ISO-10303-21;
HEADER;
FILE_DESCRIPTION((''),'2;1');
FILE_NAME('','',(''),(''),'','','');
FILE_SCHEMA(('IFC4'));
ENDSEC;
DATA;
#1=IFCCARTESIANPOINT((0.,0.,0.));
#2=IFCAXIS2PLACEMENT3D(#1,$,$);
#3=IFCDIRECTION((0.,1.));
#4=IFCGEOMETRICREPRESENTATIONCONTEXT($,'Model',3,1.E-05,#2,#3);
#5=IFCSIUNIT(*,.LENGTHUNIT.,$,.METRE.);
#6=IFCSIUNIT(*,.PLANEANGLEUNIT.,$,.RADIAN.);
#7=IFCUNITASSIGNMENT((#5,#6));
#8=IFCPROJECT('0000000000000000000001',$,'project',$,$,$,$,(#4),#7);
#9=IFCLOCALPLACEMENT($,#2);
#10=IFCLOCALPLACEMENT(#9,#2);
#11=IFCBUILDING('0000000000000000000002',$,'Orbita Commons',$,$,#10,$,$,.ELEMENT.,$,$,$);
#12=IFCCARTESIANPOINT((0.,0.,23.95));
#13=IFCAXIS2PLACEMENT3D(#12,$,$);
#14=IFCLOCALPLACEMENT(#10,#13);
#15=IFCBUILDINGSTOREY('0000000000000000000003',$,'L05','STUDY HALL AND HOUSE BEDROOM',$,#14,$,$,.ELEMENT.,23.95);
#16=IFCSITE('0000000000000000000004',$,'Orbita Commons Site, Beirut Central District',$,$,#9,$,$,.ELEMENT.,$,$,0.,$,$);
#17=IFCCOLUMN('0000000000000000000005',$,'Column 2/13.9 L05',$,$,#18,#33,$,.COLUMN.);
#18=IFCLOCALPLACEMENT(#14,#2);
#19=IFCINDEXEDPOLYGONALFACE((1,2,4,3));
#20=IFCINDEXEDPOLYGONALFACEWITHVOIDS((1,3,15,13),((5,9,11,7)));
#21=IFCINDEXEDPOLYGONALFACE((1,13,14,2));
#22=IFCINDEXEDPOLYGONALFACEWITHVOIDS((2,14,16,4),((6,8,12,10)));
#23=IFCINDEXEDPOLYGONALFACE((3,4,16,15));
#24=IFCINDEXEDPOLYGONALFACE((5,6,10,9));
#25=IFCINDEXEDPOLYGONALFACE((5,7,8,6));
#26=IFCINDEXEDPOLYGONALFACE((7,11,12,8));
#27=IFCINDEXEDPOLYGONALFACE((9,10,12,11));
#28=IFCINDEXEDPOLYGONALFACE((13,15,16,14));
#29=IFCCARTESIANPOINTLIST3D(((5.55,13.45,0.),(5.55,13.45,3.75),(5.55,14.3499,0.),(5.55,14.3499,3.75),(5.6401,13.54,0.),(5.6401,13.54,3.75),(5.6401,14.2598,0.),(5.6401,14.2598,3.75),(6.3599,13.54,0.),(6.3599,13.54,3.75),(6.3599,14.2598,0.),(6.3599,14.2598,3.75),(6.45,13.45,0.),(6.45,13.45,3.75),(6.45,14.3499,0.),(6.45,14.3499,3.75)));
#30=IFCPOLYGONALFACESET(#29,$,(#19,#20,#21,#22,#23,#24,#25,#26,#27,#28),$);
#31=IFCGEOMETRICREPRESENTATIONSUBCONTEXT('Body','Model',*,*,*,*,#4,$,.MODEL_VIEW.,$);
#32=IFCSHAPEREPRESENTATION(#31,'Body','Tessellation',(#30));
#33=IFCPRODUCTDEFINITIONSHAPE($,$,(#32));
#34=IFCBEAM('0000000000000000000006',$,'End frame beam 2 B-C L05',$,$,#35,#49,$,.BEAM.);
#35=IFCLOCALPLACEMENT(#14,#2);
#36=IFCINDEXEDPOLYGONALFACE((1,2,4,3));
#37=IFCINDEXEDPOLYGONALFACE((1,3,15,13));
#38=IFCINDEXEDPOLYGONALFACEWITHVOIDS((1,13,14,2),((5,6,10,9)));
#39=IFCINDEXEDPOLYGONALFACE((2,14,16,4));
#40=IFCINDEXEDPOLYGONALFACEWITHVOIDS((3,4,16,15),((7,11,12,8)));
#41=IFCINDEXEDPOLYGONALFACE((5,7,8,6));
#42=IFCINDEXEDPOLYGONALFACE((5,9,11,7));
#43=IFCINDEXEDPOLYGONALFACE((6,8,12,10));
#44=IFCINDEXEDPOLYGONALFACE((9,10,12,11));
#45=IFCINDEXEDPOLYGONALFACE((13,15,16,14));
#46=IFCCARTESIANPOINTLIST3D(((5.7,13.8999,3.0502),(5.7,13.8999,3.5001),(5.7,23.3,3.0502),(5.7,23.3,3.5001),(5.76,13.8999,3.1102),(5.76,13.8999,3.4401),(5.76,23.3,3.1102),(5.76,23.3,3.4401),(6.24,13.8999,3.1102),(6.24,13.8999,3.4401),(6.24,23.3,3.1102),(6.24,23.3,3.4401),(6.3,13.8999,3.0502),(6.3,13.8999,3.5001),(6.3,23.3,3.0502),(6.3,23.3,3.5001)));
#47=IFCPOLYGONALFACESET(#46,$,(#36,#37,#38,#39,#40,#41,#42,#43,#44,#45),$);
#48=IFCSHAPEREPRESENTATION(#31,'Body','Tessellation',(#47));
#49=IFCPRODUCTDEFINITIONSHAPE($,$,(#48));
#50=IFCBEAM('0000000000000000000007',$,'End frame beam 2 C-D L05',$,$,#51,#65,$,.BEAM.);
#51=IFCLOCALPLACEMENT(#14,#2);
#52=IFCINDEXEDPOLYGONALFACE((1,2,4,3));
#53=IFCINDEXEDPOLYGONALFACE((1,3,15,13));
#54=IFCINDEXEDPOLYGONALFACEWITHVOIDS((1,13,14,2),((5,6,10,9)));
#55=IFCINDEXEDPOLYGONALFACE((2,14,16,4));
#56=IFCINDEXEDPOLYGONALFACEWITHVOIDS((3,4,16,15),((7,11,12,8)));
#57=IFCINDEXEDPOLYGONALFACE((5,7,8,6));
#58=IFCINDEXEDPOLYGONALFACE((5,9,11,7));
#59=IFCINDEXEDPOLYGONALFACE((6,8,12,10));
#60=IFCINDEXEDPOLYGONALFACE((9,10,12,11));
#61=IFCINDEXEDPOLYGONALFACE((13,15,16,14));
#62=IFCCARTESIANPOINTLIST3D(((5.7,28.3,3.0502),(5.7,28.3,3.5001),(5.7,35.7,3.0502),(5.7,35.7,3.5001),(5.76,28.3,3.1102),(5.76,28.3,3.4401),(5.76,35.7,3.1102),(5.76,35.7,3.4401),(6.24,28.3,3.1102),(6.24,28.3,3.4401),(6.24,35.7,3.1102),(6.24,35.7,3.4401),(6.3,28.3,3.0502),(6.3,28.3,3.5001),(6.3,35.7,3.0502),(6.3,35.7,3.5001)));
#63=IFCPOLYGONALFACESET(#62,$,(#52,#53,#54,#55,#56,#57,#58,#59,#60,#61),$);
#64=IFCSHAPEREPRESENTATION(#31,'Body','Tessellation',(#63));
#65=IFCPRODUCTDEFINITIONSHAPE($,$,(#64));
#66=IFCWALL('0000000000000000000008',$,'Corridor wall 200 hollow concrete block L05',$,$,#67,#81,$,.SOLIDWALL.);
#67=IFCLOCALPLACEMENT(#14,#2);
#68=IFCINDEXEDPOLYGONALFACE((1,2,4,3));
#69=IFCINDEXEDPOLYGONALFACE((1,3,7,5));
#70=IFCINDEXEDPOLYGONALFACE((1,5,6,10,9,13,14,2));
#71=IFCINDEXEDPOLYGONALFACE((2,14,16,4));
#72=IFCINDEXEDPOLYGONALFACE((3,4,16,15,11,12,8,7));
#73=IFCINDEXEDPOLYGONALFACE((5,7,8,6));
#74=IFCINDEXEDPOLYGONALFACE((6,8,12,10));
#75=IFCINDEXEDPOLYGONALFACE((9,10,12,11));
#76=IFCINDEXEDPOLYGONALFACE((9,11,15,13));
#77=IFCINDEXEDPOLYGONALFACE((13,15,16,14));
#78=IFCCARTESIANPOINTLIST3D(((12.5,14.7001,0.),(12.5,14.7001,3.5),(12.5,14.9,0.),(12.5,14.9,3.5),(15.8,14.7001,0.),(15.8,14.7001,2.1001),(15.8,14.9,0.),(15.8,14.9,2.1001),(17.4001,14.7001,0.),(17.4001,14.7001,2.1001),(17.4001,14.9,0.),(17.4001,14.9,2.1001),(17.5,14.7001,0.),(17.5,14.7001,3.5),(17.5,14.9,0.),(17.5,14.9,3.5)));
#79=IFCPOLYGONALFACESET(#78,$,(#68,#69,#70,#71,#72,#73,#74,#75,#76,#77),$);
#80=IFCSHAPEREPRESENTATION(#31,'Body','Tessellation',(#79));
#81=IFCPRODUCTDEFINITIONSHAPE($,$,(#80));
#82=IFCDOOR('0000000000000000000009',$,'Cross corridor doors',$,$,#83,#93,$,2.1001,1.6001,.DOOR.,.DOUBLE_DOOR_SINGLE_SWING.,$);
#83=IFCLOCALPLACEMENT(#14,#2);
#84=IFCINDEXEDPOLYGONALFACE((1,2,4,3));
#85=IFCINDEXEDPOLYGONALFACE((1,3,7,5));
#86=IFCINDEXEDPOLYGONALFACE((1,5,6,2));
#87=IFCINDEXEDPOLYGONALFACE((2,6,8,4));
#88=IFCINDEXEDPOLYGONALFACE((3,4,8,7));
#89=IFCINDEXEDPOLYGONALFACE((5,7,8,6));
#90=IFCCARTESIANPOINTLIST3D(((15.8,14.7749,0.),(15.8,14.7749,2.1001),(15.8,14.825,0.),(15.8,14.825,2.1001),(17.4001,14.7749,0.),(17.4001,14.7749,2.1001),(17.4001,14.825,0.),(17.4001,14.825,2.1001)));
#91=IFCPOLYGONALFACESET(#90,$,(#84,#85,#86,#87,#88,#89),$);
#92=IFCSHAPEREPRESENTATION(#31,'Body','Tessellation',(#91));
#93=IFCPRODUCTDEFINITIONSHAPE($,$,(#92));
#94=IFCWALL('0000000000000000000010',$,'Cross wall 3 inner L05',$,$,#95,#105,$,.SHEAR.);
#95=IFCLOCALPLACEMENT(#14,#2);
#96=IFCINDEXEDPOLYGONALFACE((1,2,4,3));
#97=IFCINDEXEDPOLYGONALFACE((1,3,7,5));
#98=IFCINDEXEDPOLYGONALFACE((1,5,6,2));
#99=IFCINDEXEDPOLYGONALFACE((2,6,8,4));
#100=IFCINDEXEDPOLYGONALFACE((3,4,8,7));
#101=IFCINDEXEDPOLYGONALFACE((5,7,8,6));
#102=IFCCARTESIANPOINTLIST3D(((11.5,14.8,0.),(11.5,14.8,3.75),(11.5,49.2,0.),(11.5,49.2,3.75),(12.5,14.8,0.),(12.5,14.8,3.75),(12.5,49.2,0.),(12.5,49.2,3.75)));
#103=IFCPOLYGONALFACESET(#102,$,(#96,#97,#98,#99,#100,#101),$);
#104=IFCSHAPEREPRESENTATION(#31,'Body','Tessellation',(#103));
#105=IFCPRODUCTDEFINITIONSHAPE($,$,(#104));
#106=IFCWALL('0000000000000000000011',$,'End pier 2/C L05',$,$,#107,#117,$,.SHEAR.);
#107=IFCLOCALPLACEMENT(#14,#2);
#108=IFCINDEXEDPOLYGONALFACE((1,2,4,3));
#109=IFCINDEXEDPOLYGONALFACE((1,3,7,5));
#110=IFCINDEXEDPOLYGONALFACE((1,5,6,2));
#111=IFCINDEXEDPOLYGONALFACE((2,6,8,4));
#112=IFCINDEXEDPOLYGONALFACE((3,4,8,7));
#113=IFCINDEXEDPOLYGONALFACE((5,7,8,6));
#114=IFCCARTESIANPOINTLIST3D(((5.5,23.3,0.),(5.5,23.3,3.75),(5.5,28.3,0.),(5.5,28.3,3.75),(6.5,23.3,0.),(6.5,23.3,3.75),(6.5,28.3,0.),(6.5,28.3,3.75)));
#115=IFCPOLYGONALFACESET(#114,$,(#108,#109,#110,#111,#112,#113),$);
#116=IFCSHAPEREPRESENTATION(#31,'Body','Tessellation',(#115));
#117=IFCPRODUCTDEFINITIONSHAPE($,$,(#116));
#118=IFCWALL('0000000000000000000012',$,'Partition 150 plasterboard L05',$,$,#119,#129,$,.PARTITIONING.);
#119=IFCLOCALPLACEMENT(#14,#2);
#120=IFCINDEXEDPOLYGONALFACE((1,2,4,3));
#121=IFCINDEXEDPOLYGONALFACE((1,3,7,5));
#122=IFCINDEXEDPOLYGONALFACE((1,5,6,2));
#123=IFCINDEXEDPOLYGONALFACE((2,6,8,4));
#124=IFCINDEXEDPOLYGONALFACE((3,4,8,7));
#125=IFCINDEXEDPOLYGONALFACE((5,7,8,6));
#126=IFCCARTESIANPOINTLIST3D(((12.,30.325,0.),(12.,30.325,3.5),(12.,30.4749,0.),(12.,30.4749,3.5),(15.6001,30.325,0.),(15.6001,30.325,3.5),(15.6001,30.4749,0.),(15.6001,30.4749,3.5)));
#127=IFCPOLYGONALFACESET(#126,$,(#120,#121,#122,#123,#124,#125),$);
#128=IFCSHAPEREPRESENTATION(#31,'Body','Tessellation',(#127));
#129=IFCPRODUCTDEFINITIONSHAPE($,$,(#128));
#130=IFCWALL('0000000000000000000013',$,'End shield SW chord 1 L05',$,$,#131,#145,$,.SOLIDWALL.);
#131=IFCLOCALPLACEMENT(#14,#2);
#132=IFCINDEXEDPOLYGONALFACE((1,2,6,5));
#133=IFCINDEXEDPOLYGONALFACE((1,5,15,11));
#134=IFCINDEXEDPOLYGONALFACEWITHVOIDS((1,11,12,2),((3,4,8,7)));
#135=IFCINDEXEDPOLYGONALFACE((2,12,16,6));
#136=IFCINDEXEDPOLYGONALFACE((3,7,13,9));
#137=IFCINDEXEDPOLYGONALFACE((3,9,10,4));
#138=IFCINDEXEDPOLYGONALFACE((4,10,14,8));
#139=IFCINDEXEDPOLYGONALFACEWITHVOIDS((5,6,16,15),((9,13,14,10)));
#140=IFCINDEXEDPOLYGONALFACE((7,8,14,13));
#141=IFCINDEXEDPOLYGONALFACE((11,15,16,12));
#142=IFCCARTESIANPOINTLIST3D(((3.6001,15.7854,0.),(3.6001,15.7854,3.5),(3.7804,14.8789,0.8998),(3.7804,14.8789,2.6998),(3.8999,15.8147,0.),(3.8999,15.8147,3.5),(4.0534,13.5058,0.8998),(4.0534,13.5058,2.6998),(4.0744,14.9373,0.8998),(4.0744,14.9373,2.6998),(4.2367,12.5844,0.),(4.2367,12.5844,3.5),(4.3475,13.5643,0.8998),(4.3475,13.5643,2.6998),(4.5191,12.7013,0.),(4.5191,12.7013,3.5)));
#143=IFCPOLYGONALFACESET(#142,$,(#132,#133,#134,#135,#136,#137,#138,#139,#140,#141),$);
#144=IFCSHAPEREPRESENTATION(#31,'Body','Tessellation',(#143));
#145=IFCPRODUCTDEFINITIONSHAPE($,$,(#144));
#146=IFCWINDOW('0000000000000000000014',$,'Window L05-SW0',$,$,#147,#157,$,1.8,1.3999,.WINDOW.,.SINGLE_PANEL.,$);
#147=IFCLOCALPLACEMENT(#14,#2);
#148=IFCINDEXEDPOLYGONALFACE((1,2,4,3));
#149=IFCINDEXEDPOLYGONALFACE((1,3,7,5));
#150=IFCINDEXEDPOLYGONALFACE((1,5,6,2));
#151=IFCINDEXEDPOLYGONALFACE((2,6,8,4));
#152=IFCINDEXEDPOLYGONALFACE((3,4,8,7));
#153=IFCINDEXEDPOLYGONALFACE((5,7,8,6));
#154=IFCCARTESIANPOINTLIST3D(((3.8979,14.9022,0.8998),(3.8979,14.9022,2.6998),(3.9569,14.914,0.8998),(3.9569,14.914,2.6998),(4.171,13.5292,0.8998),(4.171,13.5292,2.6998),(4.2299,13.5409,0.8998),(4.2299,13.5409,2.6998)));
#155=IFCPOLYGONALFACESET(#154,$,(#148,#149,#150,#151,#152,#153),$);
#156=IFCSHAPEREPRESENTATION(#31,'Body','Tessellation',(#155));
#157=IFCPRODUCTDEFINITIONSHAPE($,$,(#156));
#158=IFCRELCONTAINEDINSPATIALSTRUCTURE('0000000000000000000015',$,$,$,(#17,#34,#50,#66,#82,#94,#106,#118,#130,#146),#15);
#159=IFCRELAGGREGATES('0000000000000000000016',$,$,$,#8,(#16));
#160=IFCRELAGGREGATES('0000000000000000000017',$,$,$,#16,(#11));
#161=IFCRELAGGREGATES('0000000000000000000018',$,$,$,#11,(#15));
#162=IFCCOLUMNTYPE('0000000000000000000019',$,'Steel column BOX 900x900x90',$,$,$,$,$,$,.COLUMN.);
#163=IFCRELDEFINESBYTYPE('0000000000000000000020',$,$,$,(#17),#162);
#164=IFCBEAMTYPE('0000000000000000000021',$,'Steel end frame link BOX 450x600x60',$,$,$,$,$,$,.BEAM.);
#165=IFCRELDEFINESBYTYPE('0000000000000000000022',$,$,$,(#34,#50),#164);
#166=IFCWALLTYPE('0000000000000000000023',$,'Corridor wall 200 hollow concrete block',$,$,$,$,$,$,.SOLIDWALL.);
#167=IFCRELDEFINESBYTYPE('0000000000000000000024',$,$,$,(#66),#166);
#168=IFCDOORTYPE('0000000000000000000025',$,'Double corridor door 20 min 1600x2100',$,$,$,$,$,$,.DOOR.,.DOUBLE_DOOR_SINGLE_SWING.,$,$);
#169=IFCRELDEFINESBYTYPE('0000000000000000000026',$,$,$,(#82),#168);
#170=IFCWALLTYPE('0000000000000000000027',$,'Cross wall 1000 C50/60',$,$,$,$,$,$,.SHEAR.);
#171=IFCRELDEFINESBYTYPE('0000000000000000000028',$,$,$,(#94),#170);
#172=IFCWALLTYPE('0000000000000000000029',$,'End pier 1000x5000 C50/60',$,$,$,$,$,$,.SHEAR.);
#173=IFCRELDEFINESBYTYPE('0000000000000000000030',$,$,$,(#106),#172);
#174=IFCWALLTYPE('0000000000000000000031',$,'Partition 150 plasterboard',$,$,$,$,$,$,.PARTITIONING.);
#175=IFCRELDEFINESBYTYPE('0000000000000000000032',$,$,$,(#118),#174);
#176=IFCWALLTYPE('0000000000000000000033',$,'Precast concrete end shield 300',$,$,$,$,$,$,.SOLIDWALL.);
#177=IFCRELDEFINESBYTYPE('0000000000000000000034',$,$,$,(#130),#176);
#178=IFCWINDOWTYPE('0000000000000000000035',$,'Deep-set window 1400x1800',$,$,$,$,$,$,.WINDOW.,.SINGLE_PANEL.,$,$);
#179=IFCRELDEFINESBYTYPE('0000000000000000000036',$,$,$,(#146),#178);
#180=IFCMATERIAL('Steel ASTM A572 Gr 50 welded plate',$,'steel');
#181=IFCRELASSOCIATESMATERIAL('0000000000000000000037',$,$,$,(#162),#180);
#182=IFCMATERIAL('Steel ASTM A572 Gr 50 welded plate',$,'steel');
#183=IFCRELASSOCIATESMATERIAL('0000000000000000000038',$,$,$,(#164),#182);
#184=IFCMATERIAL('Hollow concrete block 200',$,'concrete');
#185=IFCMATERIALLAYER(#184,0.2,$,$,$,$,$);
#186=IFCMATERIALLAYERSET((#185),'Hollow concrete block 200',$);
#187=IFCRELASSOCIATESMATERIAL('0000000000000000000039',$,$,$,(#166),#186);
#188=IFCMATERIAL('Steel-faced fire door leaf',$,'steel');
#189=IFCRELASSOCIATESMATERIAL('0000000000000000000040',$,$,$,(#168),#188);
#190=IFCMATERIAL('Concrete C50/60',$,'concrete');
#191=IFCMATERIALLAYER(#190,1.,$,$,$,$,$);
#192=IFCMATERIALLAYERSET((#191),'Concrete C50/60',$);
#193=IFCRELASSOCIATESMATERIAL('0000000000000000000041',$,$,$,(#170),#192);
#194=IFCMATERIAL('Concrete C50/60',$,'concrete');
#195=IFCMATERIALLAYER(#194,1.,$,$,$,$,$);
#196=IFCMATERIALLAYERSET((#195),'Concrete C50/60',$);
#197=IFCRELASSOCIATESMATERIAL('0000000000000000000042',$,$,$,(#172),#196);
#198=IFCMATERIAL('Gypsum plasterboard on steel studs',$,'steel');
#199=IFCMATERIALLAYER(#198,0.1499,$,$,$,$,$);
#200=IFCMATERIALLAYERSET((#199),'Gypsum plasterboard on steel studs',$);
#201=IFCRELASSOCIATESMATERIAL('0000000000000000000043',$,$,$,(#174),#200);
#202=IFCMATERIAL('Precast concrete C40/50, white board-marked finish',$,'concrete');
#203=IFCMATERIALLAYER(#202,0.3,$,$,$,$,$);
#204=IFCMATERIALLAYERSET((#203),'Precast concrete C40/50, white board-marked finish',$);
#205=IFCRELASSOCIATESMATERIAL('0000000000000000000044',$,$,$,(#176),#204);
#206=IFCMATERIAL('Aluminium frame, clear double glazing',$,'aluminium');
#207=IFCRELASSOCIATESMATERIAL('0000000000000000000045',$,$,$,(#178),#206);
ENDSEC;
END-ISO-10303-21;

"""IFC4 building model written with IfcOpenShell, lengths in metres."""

from ifc_helpers import new_model, si_unit, direction, frame, frame_2d, origin, origin_2d, place, context, subcontext, project, spatial, polyline, rectangle, hollow_rectangle, outline, extrude, material, layer, layer_set, material_profile, profile_set, type_object, element, fill, save


model = new_model("IFC4")

# Units and contexts
model_context = context("Model", 3, precision=1e-05, world=origin(), true_north=direction((0.0, 1.0)))
body_context = subcontext(model_context, "Body", "Model", "MODEL_VIEW")
ifc_project = project(units=[si_unit("LENGTHUNIT", "METRE"), si_unit("PLANEANGLEUNIT", "RADIAN")], contexts=[model_context])

# Site, building, storey
site_placement = place(None, origin())
site = spatial("IfcSite", under=ifc_project, at=site_placement, Name="Orbita Commons Site, Beirut Central District", CompositionType="ELEMENT", RefElevation=0.0)
building_placement = place(site_placement, origin())
building = spatial("IfcBuilding", under=site, at=building_placement, Name="Orbita Commons", CompositionType="ELEMENT")
storey_placement = place(building_placement, frame((0.0, 0.0, 23.95)))
storey = spatial("IfcBuildingStorey", under=building, at=storey_placement, Name="L05", Description="STUDY HALL AND HOUSE BEDROOM", CompositionType="ELEMENT", Elevation=23.95)

# Column
ifc_material_1 = material(Name="Steel ASTM A572 Gr 50 welded plate", Category="steel")
ifc_material_profile_1 = material_profile(ifc_material_1, hollow_rectangle(XDim=0.8999, YDim=0.8999, WallThickness=0.0901, at=origin_2d()), Name="BOX 900x900x90")
ifc_profile_set_1 = profile_set([ifc_material_profile_1], Name="Steel ASTM A572 Gr 50 welded plate")
column_type = type_object("IfcColumnType", Name="Steel column BOX 900x900x90", PredefinedType="COLUMN", material=ifc_profile_set_1)
column_placement = place(storey_placement, frame((6.0, 13.8999, 0.0), z_axis=(0.0, 0.0, 1.0), x_axis=(1.0, 0.0, 0.0)))
element("IfcColumn", 1, at=column_placement, inside=storey, type_object=column_type, Name="Column 2/13.9 L05", PredefinedType="COLUMN", context=body_context, shape_type="SweptSolid", body=[
    extrude(hollow_rectangle(XDim=0.8999, YDim=0.8999, WallThickness=0.0901, at=origin_2d()), origin(), (0.0, 0.0, 1.0), 3.75),
])

# Beams
ifc_material_2 = material(Name="Steel ASTM A572 Gr 50 welded plate", Category="steel")
ifc_material_profile_2 = material_profile(ifc_material_2, hollow_rectangle(XDim=0.6001, YDim=0.45, WallThickness=0.0601, at=origin_2d()), Name="BOX 450x600x60")
ifc_profile_set_2 = profile_set([ifc_material_profile_2], Name="Steel ASTM A572 Gr 50 welded plate")
beam_type = type_object("IfcBeamType", Name="Steel end frame link BOX 450x600x60", PredefinedType="BEAM", material=ifc_profile_set_2)
beam_1_placement = place(storey_placement, frame((6.0, 13.8999, 3.2751), z_axis=(0.0, 1.0, 0.0), x_axis=(-1.0, 0.0, 0.0)))
element("IfcBeam", 2, at=beam_1_placement, inside=storey, type_object=beam_type, Name="End frame beam 2 B-C L05", PredefinedType="BEAM", context=body_context, shape_type="SweptSolid", body=[
    extrude(hollow_rectangle(XDim=0.6001, YDim=0.45, WallThickness=0.0601, at=origin_2d()), origin(), (0.0, 0.0, 1.0), 9.4001),
])
beam_2_placement = place(storey_placement, frame((6.0, 28.3, 3.2751), z_axis=(0.0, 1.0, 0.0), x_axis=(-1.0, 0.0, 0.0)))
element("IfcBeam", 3, at=beam_2_placement, inside=storey, type_object=beam_type, Name="End frame beam 2 C-D L05", PredefinedType="BEAM", context=body_context, shape_type="SweptSolid", body=[
    extrude(hollow_rectangle(XDim=0.6001, YDim=0.45, WallThickness=0.0601, at=origin_2d()), origin(), (0.0, 0.0, 1.0), 7.3999),
])

# Wall, opening, door
ifc_material_3 = material(Name="Hollow concrete block 200", Category="concrete")
ifc_layer_1 = layer(ifc_material_3, 0.2)
ifc_layer_set_1 = layer_set([ifc_layer_1], Name="Hollow concrete block 200")
wall_type_1 = type_object("IfcWallType", Name="Corridor wall 200 hollow concrete block", PredefinedType="SOLIDWALL", material=ifc_layer_set_1)
wall_1_placement = place(storey_placement, frame((12.5, 14.8, 0.0), z_axis=(0.0, 0.0, 1.0), x_axis=(1.0, 0.0, 0.0)))
wall_1 = element("IfcWall", 4, at=wall_1_placement, inside=storey, type_object=wall_type_1, Name="Corridor wall 200 hollow concrete block L05", PredefinedType="SOLIDWALL", context=body_context, shape_type="SweptSolid", body=[
    extrude(rectangle(XDim=5.0, YDim=0.2, at=frame_2d((2.5, 0.0))), origin(), (0.0, 0.0, 1.0), 3.5),
])
opening_1_placement = place(wall_1_placement, frame((3.3, 0.0, 0.0)))
opening_1 = element("IfcOpeningElement", 5, at=opening_1_placement, cuts=wall_1, PredefinedType="OPENING", context=body_context, shape_type="SweptSolid", body=[
    extrude(rectangle(XDim=1.6001, YDim=2.1001, at=frame_2d((0.8, 1.05))), frame((0.0, 0.1099, 0.0), z_axis=(0.0, -1.0, 0.0), x_axis=(1.0, 0.0, 0.0)), (0.0, 0.0, 1.0), 0.22),
])
ifc_material_4 = material(Name="Steel-faced fire door leaf", Category="steel")
door_type = type_object("IfcDoorType", Name="Double corridor door 20 min 1600x2100", OperationType="DOUBLE_DOOR_SINGLE_SWING", PredefinedType="DOOR", material=ifc_material_4)
door_placement = place(opening_1_placement, origin())
door = element("IfcDoor", 6, at=door_placement, inside=storey, type_object=door_type, Name="Cross corridor doors", OperationType="DOUBLE_DOOR_SINGLE_SWING", OverallHeight=2.1001, OverallWidth=1.6001, PredefinedType="DOOR", context=body_context, shape_type="SweptSolid", body=[
    extrude(rectangle(XDim=1.6001, YDim=2.1001, at=frame_2d((0.8, 1.05))), frame((0.0, 0.0249, 0.0), z_axis=(0.0, -1.0, 0.0), x_axis=(1.0, 0.0, 0.0)), (0.0, 0.0, 1.0), 0.05),
])
fill(opening_1, door)

# Walls
ifc_material_5 = material(Name="Concrete C50/60", Category="concrete")
ifc_layer_2 = layer(ifc_material_5, 1.0)
ifc_layer_set_2 = layer_set([ifc_layer_2], Name="Concrete C50/60")
wall_type_2 = type_object("IfcWallType", Name="Cross wall 1000 C50/60", PredefinedType="SHEAR", material=ifc_layer_set_2)
wall_2_placement = place(storey_placement, frame((12.0, 14.8, 0.0), z_axis=(0.0, 0.0, 1.0), x_axis=(0.0, 1.0, 0.0)))
element("IfcWall", 7, at=wall_2_placement, inside=storey, type_object=wall_type_2, Name="Cross wall 3 inner L05", PredefinedType="SHEAR", context=body_context, shape_type="SweptSolid", body=[
    extrude(rectangle(XDim=34.3999, YDim=1.0, at=frame_2d((17.2, 0.0))), origin(), (0.0, 0.0, 1.0), 3.75),
])
ifc_material_6 = material(Name="Concrete C50/60", Category="concrete")
ifc_layer_3 = layer(ifc_material_6, 1.0)
ifc_layer_set_3 = layer_set([ifc_layer_3], Name="Concrete C50/60")
wall_type_3 = type_object("IfcWallType", Name="End pier 1000x5000 C50/60", PredefinedType="SHEAR", material=ifc_layer_set_3)
wall_3_placement = place(storey_placement, frame((6.0, 23.3, 0.0), z_axis=(0.0, 0.0, 1.0), x_axis=(0.0, 1.0, 0.0)))
element("IfcWall", 8, at=wall_3_placement, inside=storey, type_object=wall_type_3, Name="End pier 2/C L05", PredefinedType="SHEAR", context=body_context, shape_type="SweptSolid", body=[
    extrude(rectangle(XDim=5.0, YDim=1.0, at=frame_2d((2.5, 0.0))), origin(), (0.0, 0.0, 1.0), 3.75),
])
ifc_material_7 = material(Name="Gypsum plasterboard on steel studs", Category="steel")
ifc_layer_4 = layer(ifc_material_7, 0.1499)
ifc_layer_set_4 = layer_set([ifc_layer_4], Name="Gypsum plasterboard on steel studs")
wall_type_4 = type_object("IfcWallType", Name="Partition 150 plasterboard", PredefinedType="PARTITIONING", material=ifc_layer_set_4)
wall_4_placement = place(storey_placement, frame((12.0, 30.3999, 0.0), z_axis=(0.0, 0.0, 1.0), x_axis=(1.0, 0.0, 0.0)))
element("IfcWall", 9, at=wall_4_placement, inside=storey, type_object=wall_type_4, Name="Partition 150 plasterboard L05", PredefinedType="PARTITIONING", context=body_context, shape_type="SweptSolid", body=[
    extrude(rectangle(XDim=3.6001, YDim=0.1499, at=frame_2d((1.8, 0.0))), origin(), (0.0, 0.0, 1.0), 3.5),
])

# Wall, opening, window
ifc_material_8 = material(Name="Precast concrete C40/50, white board-marked finish", Category="concrete")
ifc_layer_5 = layer(ifc_material_8, 0.3)
ifc_layer_set_5 = layer_set([ifc_layer_5], Name="Precast concrete C40/50, white board-marked finish")
wall_type_5 = type_object("IfcWallType", Name="Precast concrete end shield 300", PredefinedType="SOLIDWALL", material=ifc_layer_set_5)
wall_5_placement = place(storey_placement, frame((3.75, 15.8, 0.0), z_axis=(0.0, 0.0, 1.0), x_axis=(0.195066, -0.98079, 0.0)))
wall_5 = element("IfcWall", 10, at=wall_5_placement, inside=storey, type_object=wall_type_5, Name="End shield SW chord 1 L05", PredefinedType="SOLIDWALL", context=body_context, shape_type="SweptSolid", body=[
    extrude(outline(polyline([(-0.0149, -0.1499), (3.2488, -0.1499), (3.1892, 0.1499), (0.0149, 0.1499), (-0.0149, -0.1499)])), origin(), (0.0, 0.0, 1.0), 3.5),
])
opening_2_placement = place(wall_5_placement, frame((0.9094, 0.0, 0.8999)))
opening_2 = element("IfcOpeningElement", 11, at=opening_2_placement, cuts=wall_5, PredefinedType="OPENING", context=body_context, shape_type="SweptSolid", body=[
    extrude(rectangle(XDim=1.3999, YDim=1.8, at=frame_2d((0.7, 0.8999))), frame((0.0, 0.1599, 0.0), z_axis=(0.0, -1.0, 0.0), x_axis=(1.0, 0.0, 0.0)), (0.0, 0.0, 1.0), 0.3201),
])
ifc_material_9 = material(Name="Aluminium frame, clear double glazing", Category="aluminium")
window_type = type_object("IfcWindowType", Name="Deep-set window 1400x1800", PartitioningType="SINGLE_PANEL", PredefinedType="WINDOW", material=ifc_material_9)
window_placement = place(opening_2_placement, origin())
window = element("IfcWindow", 12, at=window_placement, inside=storey, type_object=window_type, Name="Window L05-SW0", OverallHeight=1.8, OverallWidth=1.3999, PartitioningType="SINGLE_PANEL", PredefinedType="WINDOW", context=body_context, shape_type="SweptSolid", body=[
    extrude(rectangle(XDim=1.3999, YDim=1.8, at=frame_2d((0.7, 0.8999))), frame((0.0, 0.03, 0.0), z_axis=(0.0, -1.0, 0.0), x_axis=(1.0, 0.0, 0.0)), (0.0, 0.0, 1.0), 0.0601),
])
fill(opening_2, window)

save(model, "model.ifc")
